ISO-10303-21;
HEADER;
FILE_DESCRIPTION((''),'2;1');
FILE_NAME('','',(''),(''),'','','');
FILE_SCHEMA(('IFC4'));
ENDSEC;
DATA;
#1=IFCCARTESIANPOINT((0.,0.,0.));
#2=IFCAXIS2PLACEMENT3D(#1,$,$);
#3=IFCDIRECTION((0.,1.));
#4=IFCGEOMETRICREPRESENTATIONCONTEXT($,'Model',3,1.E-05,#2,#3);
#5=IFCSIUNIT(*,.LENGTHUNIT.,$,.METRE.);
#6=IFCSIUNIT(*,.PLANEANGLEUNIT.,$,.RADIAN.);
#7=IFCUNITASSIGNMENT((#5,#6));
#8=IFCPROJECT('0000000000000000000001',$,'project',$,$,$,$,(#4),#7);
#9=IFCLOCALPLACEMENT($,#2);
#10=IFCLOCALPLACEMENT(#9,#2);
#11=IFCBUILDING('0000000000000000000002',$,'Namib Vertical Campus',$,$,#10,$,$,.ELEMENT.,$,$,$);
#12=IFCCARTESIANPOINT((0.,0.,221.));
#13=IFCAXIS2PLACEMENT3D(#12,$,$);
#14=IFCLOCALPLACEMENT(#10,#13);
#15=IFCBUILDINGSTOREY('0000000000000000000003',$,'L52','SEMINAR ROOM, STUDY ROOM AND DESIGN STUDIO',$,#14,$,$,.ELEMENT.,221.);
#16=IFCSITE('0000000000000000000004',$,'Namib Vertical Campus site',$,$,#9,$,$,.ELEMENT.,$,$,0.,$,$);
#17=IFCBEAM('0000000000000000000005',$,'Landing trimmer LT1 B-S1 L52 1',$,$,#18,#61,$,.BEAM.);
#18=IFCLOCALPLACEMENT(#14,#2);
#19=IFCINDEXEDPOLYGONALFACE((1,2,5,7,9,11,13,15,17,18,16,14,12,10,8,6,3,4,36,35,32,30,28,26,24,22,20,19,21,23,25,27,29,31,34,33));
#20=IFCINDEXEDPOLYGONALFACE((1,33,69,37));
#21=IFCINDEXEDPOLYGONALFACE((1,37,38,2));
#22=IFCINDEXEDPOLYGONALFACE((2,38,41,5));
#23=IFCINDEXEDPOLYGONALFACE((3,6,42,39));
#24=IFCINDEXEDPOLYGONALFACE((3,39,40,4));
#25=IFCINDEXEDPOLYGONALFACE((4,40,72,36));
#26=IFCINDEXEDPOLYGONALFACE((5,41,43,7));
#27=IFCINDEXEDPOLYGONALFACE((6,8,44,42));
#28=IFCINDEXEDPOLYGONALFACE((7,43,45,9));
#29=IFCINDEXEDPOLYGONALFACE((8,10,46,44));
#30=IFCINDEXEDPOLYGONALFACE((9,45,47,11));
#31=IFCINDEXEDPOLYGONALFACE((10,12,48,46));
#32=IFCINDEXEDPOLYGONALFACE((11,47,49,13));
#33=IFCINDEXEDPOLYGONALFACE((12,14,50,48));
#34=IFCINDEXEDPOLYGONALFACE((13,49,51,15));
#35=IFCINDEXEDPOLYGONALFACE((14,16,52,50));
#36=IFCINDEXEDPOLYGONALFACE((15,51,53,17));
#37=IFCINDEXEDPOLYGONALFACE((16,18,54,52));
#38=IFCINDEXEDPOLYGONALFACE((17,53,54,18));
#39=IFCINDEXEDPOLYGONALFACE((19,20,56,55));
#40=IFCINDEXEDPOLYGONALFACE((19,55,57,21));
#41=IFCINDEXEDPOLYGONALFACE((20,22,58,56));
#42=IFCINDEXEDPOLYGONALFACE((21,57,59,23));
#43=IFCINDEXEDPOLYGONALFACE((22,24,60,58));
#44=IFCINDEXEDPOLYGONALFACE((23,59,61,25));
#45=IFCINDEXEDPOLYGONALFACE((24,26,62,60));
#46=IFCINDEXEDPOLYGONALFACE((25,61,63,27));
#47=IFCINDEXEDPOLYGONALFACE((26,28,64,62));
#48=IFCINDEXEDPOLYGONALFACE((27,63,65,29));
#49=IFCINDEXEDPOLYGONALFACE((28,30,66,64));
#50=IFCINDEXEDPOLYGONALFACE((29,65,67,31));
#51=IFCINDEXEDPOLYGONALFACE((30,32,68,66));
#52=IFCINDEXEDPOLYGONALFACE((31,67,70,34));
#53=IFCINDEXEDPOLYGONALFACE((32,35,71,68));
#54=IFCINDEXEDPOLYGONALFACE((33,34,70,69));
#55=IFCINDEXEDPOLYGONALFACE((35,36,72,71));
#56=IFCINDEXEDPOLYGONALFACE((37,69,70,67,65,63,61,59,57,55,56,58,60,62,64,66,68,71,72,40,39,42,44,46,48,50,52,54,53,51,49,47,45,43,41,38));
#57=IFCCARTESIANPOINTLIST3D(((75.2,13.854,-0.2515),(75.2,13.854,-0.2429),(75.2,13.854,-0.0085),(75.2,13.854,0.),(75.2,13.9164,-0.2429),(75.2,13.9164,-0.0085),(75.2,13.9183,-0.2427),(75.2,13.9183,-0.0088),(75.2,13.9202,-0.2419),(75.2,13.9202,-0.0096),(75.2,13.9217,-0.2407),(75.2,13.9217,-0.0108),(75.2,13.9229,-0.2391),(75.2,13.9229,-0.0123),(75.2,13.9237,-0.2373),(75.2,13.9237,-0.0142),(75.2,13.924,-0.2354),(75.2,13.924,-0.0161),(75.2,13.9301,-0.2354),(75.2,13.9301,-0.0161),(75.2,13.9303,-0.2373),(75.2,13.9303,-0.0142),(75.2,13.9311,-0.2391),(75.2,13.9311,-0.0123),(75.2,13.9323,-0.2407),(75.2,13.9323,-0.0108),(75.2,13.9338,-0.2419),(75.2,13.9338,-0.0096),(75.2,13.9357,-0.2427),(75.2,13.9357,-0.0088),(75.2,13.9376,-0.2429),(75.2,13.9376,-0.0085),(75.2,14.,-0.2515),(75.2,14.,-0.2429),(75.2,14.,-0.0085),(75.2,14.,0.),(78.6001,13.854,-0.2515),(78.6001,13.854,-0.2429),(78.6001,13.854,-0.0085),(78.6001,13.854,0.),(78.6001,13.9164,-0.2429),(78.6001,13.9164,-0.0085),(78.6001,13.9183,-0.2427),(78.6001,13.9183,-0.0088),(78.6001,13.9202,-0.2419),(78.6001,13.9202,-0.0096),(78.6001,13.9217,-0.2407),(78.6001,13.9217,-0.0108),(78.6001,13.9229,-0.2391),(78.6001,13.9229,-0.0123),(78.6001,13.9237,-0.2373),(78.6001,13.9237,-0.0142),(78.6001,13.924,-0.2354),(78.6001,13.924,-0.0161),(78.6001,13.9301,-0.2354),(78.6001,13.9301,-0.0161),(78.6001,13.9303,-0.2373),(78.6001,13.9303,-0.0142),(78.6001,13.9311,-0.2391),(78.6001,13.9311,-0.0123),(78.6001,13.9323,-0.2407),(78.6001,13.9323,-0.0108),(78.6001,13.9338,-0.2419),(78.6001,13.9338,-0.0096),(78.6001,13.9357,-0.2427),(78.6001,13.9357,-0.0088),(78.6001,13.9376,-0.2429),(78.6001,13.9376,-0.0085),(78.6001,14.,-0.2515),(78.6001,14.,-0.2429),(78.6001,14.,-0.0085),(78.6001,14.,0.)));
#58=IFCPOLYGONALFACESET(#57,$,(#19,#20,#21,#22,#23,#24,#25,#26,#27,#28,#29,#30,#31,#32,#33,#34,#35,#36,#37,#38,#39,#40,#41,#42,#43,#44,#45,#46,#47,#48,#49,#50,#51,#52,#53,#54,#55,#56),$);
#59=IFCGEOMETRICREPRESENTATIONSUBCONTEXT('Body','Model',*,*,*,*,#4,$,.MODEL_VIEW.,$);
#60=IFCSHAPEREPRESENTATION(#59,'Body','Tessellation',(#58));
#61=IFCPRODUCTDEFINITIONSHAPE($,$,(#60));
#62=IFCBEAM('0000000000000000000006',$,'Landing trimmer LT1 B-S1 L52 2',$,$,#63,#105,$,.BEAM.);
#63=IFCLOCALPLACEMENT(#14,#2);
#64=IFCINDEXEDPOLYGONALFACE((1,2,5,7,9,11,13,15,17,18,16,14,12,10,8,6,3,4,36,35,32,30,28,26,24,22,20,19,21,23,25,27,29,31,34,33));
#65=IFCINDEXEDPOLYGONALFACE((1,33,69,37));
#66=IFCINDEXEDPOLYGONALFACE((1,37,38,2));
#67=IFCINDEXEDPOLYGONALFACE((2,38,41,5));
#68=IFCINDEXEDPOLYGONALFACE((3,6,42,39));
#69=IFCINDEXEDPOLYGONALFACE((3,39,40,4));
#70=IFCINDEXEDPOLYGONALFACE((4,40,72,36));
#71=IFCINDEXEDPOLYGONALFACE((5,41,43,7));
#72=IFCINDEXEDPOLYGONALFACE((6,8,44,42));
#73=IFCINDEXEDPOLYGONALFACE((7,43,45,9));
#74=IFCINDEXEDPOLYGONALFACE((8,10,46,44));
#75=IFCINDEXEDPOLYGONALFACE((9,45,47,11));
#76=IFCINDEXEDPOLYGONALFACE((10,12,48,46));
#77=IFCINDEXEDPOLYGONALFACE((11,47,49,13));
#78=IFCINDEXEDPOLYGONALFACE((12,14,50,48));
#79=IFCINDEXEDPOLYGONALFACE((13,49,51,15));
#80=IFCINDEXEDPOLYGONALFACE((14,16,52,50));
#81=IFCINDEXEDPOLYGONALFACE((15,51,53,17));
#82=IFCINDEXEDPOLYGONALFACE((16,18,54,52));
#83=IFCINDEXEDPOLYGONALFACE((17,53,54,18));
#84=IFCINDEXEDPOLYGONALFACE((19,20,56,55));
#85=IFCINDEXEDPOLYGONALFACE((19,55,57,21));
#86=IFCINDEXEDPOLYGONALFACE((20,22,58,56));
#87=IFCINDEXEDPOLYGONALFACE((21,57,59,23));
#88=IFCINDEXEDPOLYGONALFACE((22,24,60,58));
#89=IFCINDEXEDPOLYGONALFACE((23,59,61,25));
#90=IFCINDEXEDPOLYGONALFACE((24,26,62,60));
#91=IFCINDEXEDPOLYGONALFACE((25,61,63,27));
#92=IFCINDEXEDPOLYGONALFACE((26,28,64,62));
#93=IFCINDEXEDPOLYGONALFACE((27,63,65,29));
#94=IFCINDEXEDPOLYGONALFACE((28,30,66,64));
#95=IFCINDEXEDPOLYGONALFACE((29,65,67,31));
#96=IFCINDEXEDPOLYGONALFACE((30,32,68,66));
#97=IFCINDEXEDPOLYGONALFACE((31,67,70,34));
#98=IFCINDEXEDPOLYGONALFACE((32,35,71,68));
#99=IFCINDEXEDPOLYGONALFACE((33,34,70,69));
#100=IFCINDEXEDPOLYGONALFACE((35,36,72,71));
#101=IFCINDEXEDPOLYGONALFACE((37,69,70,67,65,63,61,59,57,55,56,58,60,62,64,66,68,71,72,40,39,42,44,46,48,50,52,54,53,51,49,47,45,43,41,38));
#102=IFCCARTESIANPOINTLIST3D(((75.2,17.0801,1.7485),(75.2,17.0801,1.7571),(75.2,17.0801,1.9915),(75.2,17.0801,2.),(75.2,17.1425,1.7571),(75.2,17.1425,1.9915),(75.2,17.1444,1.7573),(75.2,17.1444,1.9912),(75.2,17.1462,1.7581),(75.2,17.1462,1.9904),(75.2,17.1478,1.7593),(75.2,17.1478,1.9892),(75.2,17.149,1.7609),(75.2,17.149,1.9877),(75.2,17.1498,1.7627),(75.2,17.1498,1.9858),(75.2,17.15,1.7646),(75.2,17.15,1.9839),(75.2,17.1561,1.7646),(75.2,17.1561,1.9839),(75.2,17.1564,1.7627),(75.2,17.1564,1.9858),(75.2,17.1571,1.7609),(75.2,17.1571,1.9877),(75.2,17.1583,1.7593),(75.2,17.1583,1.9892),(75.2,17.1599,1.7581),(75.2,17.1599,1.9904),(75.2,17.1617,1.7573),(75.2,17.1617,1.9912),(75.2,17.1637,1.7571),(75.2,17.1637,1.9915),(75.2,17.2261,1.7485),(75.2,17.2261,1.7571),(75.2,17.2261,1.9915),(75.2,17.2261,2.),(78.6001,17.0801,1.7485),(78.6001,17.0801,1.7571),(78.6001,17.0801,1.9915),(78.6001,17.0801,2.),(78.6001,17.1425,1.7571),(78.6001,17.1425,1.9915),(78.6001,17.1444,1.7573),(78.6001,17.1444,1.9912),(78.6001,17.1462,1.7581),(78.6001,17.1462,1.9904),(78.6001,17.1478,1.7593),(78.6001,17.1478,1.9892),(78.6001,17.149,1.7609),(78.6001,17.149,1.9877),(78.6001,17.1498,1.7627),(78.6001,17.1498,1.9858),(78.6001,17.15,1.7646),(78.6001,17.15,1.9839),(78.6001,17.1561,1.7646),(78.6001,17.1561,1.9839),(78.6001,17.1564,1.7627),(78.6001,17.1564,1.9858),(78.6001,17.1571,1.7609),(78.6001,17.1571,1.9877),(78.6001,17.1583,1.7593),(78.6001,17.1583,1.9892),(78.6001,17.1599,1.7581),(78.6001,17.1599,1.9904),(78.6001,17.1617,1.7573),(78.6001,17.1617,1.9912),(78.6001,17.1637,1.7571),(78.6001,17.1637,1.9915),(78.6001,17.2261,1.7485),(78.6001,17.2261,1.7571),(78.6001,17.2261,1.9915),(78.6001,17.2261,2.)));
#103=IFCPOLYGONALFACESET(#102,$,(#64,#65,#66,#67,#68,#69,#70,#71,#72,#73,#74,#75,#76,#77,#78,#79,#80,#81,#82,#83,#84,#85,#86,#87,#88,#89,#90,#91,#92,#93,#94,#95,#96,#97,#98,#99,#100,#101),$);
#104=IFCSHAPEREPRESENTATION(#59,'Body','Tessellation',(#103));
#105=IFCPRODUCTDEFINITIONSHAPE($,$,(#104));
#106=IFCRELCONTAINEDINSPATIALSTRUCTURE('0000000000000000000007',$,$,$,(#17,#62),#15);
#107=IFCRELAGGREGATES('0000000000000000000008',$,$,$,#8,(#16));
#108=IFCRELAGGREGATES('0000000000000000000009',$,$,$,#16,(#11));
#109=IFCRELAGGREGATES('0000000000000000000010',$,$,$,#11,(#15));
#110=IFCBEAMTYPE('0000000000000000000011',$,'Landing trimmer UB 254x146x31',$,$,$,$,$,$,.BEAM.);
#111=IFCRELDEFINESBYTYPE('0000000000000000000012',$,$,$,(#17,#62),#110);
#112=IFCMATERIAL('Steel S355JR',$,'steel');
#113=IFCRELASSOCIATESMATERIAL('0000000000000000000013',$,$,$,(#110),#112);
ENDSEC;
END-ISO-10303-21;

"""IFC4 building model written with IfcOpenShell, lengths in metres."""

from ifc_helpers import new_model, si_unit, direction, frame, origin, origin_2d, place, context, subcontext, project, spatial, i_section, extrude, material, material_profile, profile_set, type_object, element, save


model = new_model("IFC4")

# Units and contexts
model_context = context("Model", 3, precision=1e-05, world=origin(), true_north=direction((0.0, 1.0)))
body_context = subcontext(model_context, "Body", "Model", "MODEL_VIEW")
ifc_project = project(units=[si_unit("LENGTHUNIT", "METRE"), si_unit("PLANEANGLEUNIT", "RADIAN")], contexts=[model_context])

# Site, building, storey
site_placement = place(None, origin())
site = spatial("IfcSite", under=ifc_project, at=site_placement, Name="Namib Vertical Campus site", CompositionType="ELEMENT", RefElevation=0.0)
building_placement = place(site_placement, origin())
building = spatial("IfcBuilding", under=site, at=building_placement, Name="Namib Vertical Campus", CompositionType="ELEMENT")
storey_placement = place(building_placement, frame((0.0, 0.0, 221.0)))
storey = spatial("IfcBuildingStorey", under=building, at=storey_placement, Name="L52", Description="SEMINAR ROOM, STUDY ROOM AND DESIGN STUDIO", CompositionType="ELEMENT", Elevation=221.0)

# Beams
ifc_material_1 = material(Name="Steel S355JR", Category="steel")
ifc_material_profile = material_profile(ifc_material_1, i_section(OverallWidth=0.146, OverallDepth=0.2515, WebThickness=0.0061, FlangeThickness=0.0085, FilletRadius=0.0076, at=origin_2d()))
ifc_profile_set = profile_set([ifc_material_profile], Name="Steel S355JR")
beam_type = type_object("IfcBeamType", Name="Landing trimmer UB 254x146x31", PredefinedType="BEAM", material=ifc_profile_set)
for number, where, z_axis, x_axis, name in (
    (1, (75.2, 13.927, -0.1257), (1.0, 0.0, 0.0), (0.0, 1.0, 0.0), "Landing trimmer LT1 B-S1 L52 1"),
    (2, (75.2, 17.1531, 1.8743), (1.0, 0.0, 0.0), (0.0, 1.0, 0.0), "Landing trimmer LT1 B-S1 L52 2"),
):
    element("IfcBeam", number, at=place(storey_placement, frame(where, z_axis=z_axis, x_axis=x_axis)), inside=storey, type_object=beam_type, Name=name, PredefinedType="BEAM", context=body_context, shape_type="SweptSolid", body=[
        extrude(i_section(OverallWidth=0.146, OverallDepth=0.2515, WebThickness=0.0061, FlangeThickness=0.0085, FilletRadius=0.0076, at=origin_2d()), origin(), (0.0, 0.0, 1.0), 3.4001),
    ])

save(model, "model.ifc")
